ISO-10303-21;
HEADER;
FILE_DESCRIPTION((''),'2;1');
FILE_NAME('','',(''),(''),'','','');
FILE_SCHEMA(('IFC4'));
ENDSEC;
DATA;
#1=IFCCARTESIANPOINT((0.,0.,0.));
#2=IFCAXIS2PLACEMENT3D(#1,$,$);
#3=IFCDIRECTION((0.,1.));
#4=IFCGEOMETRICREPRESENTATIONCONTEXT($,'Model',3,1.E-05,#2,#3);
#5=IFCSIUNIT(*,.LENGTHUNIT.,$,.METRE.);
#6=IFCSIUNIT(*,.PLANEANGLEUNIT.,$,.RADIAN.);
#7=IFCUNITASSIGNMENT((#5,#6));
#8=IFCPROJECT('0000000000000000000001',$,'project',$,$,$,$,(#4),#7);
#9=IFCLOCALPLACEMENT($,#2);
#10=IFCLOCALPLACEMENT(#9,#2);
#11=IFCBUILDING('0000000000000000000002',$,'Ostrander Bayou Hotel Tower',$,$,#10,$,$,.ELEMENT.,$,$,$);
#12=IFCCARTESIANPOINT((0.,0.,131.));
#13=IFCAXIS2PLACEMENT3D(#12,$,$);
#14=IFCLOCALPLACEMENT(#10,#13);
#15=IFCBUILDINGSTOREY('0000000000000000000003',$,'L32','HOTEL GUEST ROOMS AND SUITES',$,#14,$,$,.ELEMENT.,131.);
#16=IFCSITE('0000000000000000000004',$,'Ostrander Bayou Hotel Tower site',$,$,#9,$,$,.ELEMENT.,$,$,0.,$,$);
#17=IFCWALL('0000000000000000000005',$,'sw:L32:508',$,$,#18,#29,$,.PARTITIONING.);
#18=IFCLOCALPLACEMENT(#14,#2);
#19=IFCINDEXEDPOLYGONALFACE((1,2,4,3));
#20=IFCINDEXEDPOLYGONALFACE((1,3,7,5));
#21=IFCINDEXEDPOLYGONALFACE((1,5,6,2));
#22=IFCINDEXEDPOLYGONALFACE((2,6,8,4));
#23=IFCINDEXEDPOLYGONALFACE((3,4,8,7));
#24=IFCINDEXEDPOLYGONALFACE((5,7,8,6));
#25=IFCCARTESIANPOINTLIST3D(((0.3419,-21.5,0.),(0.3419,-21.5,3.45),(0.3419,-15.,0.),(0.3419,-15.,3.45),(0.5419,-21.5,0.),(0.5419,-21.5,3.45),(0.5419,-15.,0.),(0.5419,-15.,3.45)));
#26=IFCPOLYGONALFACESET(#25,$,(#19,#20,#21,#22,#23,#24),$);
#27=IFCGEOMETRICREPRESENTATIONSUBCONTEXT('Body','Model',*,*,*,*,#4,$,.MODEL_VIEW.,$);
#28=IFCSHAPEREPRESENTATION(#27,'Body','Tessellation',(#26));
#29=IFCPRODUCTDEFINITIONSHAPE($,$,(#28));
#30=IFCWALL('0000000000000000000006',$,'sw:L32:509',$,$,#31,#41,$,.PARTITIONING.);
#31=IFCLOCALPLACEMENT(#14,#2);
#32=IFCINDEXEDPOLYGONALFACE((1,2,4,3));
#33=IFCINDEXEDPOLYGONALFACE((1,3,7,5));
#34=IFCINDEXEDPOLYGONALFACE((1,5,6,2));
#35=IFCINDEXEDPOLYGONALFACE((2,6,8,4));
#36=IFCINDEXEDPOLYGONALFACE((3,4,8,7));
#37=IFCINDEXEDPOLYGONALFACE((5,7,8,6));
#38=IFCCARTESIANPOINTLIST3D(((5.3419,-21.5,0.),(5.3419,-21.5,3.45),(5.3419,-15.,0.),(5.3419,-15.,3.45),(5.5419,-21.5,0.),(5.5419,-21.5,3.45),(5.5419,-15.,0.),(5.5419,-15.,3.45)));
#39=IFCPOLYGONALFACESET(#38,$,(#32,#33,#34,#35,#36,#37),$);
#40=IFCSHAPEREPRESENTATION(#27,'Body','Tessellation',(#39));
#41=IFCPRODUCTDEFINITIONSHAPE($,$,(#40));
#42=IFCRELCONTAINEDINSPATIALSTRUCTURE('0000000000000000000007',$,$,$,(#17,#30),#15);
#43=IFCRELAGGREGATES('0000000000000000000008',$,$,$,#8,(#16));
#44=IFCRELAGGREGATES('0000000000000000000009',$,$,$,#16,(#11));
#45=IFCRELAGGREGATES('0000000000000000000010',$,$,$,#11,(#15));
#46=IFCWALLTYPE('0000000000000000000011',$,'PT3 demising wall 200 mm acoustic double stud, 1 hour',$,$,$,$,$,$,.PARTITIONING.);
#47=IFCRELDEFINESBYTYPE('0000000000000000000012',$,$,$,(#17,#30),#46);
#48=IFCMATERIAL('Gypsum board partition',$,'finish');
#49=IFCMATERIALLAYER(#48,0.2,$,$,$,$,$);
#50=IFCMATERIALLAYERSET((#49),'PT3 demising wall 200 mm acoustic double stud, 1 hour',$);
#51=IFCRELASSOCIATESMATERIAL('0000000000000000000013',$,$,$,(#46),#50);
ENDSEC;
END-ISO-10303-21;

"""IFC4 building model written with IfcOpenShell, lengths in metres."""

from ifc_helpers import new_model, si_unit, direction, frame, frame_2d, origin, place, context, subcontext, project, spatial, rectangle, extrude, material, layer, layer_set, type_object, element, save


model = new_model("IFC4")

# Units and contexts
model_context = context("Model", 3, precision=1e-05, world=origin(), true_north=direction((0.0, 1.0)))
body_context = subcontext(model_context, "Body", "Model", "MODEL_VIEW")
ifc_project = project(units=[si_unit("LENGTHUNIT", "METRE"), si_unit("PLANEANGLEUNIT", "RADIAN")], contexts=[model_context])

# Site, building, storey
site_placement = place(None, origin())
site = spatial("IfcSite", under=ifc_project, at=site_placement, Name="Ostrander Bayou Hotel Tower site", CompositionType="ELEMENT", RefElevation=0.0)
building_placement = place(site_placement, origin())
building = spatial("IfcBuilding", under=site, at=building_placement, Name="Ostrander Bayou Hotel Tower", CompositionType="ELEMENT")
storey_placement = place(building_placement, frame((0.0, 0.0, 131.0)))
storey = spatial("IfcBuildingStorey", under=building, at=storey_placement, Name="L32", Description="HOTEL GUEST ROOMS AND SUITES", CompositionType="ELEMENT", Elevation=131.0)

# Walls
ifc_material_1 = material(Name="Gypsum board partition", Category="finish")
ifc_layer_1 = layer(ifc_material_1, 0.2)
ifc_layer_set_1 = layer_set([ifc_layer_1], Name="PT3 demising wall 200 mm acoustic double stud, 1 hour")
wall_type = type_object("IfcWallType", Name="PT3 demising wall 200 mm acoustic double stud, 1 hour", PredefinedType="PARTITIONING", material=ifc_layer_set_1)
for number, where, z_axis, x_axis, name in (
    (1, (0.4419, -21.5, 0.0), (0.0, 0.0, 1.0), (0.0, 1.0, 0.0), "sw:L32:508"),
    (2, (5.4419, -21.5, 0.0), (0.0, 0.0, 1.0), (0.0, 1.0, 0.0), "sw:L32:509"),
):
    element("IfcWall", number, at=place(storey_placement, frame(where, z_axis=z_axis, x_axis=x_axis)), inside=storey, type_object=wall_type, Name=name, PredefinedType="PARTITIONING", context=body_context, shape_type="SweptSolid", body=[
        extrude(rectangle(XDim=6.5, YDim=0.2, at=frame_2d((3.25, 0.0))), origin(), (0.0, 0.0, 1.0), 3.45),
    ])

save(model, "model.ifc")
